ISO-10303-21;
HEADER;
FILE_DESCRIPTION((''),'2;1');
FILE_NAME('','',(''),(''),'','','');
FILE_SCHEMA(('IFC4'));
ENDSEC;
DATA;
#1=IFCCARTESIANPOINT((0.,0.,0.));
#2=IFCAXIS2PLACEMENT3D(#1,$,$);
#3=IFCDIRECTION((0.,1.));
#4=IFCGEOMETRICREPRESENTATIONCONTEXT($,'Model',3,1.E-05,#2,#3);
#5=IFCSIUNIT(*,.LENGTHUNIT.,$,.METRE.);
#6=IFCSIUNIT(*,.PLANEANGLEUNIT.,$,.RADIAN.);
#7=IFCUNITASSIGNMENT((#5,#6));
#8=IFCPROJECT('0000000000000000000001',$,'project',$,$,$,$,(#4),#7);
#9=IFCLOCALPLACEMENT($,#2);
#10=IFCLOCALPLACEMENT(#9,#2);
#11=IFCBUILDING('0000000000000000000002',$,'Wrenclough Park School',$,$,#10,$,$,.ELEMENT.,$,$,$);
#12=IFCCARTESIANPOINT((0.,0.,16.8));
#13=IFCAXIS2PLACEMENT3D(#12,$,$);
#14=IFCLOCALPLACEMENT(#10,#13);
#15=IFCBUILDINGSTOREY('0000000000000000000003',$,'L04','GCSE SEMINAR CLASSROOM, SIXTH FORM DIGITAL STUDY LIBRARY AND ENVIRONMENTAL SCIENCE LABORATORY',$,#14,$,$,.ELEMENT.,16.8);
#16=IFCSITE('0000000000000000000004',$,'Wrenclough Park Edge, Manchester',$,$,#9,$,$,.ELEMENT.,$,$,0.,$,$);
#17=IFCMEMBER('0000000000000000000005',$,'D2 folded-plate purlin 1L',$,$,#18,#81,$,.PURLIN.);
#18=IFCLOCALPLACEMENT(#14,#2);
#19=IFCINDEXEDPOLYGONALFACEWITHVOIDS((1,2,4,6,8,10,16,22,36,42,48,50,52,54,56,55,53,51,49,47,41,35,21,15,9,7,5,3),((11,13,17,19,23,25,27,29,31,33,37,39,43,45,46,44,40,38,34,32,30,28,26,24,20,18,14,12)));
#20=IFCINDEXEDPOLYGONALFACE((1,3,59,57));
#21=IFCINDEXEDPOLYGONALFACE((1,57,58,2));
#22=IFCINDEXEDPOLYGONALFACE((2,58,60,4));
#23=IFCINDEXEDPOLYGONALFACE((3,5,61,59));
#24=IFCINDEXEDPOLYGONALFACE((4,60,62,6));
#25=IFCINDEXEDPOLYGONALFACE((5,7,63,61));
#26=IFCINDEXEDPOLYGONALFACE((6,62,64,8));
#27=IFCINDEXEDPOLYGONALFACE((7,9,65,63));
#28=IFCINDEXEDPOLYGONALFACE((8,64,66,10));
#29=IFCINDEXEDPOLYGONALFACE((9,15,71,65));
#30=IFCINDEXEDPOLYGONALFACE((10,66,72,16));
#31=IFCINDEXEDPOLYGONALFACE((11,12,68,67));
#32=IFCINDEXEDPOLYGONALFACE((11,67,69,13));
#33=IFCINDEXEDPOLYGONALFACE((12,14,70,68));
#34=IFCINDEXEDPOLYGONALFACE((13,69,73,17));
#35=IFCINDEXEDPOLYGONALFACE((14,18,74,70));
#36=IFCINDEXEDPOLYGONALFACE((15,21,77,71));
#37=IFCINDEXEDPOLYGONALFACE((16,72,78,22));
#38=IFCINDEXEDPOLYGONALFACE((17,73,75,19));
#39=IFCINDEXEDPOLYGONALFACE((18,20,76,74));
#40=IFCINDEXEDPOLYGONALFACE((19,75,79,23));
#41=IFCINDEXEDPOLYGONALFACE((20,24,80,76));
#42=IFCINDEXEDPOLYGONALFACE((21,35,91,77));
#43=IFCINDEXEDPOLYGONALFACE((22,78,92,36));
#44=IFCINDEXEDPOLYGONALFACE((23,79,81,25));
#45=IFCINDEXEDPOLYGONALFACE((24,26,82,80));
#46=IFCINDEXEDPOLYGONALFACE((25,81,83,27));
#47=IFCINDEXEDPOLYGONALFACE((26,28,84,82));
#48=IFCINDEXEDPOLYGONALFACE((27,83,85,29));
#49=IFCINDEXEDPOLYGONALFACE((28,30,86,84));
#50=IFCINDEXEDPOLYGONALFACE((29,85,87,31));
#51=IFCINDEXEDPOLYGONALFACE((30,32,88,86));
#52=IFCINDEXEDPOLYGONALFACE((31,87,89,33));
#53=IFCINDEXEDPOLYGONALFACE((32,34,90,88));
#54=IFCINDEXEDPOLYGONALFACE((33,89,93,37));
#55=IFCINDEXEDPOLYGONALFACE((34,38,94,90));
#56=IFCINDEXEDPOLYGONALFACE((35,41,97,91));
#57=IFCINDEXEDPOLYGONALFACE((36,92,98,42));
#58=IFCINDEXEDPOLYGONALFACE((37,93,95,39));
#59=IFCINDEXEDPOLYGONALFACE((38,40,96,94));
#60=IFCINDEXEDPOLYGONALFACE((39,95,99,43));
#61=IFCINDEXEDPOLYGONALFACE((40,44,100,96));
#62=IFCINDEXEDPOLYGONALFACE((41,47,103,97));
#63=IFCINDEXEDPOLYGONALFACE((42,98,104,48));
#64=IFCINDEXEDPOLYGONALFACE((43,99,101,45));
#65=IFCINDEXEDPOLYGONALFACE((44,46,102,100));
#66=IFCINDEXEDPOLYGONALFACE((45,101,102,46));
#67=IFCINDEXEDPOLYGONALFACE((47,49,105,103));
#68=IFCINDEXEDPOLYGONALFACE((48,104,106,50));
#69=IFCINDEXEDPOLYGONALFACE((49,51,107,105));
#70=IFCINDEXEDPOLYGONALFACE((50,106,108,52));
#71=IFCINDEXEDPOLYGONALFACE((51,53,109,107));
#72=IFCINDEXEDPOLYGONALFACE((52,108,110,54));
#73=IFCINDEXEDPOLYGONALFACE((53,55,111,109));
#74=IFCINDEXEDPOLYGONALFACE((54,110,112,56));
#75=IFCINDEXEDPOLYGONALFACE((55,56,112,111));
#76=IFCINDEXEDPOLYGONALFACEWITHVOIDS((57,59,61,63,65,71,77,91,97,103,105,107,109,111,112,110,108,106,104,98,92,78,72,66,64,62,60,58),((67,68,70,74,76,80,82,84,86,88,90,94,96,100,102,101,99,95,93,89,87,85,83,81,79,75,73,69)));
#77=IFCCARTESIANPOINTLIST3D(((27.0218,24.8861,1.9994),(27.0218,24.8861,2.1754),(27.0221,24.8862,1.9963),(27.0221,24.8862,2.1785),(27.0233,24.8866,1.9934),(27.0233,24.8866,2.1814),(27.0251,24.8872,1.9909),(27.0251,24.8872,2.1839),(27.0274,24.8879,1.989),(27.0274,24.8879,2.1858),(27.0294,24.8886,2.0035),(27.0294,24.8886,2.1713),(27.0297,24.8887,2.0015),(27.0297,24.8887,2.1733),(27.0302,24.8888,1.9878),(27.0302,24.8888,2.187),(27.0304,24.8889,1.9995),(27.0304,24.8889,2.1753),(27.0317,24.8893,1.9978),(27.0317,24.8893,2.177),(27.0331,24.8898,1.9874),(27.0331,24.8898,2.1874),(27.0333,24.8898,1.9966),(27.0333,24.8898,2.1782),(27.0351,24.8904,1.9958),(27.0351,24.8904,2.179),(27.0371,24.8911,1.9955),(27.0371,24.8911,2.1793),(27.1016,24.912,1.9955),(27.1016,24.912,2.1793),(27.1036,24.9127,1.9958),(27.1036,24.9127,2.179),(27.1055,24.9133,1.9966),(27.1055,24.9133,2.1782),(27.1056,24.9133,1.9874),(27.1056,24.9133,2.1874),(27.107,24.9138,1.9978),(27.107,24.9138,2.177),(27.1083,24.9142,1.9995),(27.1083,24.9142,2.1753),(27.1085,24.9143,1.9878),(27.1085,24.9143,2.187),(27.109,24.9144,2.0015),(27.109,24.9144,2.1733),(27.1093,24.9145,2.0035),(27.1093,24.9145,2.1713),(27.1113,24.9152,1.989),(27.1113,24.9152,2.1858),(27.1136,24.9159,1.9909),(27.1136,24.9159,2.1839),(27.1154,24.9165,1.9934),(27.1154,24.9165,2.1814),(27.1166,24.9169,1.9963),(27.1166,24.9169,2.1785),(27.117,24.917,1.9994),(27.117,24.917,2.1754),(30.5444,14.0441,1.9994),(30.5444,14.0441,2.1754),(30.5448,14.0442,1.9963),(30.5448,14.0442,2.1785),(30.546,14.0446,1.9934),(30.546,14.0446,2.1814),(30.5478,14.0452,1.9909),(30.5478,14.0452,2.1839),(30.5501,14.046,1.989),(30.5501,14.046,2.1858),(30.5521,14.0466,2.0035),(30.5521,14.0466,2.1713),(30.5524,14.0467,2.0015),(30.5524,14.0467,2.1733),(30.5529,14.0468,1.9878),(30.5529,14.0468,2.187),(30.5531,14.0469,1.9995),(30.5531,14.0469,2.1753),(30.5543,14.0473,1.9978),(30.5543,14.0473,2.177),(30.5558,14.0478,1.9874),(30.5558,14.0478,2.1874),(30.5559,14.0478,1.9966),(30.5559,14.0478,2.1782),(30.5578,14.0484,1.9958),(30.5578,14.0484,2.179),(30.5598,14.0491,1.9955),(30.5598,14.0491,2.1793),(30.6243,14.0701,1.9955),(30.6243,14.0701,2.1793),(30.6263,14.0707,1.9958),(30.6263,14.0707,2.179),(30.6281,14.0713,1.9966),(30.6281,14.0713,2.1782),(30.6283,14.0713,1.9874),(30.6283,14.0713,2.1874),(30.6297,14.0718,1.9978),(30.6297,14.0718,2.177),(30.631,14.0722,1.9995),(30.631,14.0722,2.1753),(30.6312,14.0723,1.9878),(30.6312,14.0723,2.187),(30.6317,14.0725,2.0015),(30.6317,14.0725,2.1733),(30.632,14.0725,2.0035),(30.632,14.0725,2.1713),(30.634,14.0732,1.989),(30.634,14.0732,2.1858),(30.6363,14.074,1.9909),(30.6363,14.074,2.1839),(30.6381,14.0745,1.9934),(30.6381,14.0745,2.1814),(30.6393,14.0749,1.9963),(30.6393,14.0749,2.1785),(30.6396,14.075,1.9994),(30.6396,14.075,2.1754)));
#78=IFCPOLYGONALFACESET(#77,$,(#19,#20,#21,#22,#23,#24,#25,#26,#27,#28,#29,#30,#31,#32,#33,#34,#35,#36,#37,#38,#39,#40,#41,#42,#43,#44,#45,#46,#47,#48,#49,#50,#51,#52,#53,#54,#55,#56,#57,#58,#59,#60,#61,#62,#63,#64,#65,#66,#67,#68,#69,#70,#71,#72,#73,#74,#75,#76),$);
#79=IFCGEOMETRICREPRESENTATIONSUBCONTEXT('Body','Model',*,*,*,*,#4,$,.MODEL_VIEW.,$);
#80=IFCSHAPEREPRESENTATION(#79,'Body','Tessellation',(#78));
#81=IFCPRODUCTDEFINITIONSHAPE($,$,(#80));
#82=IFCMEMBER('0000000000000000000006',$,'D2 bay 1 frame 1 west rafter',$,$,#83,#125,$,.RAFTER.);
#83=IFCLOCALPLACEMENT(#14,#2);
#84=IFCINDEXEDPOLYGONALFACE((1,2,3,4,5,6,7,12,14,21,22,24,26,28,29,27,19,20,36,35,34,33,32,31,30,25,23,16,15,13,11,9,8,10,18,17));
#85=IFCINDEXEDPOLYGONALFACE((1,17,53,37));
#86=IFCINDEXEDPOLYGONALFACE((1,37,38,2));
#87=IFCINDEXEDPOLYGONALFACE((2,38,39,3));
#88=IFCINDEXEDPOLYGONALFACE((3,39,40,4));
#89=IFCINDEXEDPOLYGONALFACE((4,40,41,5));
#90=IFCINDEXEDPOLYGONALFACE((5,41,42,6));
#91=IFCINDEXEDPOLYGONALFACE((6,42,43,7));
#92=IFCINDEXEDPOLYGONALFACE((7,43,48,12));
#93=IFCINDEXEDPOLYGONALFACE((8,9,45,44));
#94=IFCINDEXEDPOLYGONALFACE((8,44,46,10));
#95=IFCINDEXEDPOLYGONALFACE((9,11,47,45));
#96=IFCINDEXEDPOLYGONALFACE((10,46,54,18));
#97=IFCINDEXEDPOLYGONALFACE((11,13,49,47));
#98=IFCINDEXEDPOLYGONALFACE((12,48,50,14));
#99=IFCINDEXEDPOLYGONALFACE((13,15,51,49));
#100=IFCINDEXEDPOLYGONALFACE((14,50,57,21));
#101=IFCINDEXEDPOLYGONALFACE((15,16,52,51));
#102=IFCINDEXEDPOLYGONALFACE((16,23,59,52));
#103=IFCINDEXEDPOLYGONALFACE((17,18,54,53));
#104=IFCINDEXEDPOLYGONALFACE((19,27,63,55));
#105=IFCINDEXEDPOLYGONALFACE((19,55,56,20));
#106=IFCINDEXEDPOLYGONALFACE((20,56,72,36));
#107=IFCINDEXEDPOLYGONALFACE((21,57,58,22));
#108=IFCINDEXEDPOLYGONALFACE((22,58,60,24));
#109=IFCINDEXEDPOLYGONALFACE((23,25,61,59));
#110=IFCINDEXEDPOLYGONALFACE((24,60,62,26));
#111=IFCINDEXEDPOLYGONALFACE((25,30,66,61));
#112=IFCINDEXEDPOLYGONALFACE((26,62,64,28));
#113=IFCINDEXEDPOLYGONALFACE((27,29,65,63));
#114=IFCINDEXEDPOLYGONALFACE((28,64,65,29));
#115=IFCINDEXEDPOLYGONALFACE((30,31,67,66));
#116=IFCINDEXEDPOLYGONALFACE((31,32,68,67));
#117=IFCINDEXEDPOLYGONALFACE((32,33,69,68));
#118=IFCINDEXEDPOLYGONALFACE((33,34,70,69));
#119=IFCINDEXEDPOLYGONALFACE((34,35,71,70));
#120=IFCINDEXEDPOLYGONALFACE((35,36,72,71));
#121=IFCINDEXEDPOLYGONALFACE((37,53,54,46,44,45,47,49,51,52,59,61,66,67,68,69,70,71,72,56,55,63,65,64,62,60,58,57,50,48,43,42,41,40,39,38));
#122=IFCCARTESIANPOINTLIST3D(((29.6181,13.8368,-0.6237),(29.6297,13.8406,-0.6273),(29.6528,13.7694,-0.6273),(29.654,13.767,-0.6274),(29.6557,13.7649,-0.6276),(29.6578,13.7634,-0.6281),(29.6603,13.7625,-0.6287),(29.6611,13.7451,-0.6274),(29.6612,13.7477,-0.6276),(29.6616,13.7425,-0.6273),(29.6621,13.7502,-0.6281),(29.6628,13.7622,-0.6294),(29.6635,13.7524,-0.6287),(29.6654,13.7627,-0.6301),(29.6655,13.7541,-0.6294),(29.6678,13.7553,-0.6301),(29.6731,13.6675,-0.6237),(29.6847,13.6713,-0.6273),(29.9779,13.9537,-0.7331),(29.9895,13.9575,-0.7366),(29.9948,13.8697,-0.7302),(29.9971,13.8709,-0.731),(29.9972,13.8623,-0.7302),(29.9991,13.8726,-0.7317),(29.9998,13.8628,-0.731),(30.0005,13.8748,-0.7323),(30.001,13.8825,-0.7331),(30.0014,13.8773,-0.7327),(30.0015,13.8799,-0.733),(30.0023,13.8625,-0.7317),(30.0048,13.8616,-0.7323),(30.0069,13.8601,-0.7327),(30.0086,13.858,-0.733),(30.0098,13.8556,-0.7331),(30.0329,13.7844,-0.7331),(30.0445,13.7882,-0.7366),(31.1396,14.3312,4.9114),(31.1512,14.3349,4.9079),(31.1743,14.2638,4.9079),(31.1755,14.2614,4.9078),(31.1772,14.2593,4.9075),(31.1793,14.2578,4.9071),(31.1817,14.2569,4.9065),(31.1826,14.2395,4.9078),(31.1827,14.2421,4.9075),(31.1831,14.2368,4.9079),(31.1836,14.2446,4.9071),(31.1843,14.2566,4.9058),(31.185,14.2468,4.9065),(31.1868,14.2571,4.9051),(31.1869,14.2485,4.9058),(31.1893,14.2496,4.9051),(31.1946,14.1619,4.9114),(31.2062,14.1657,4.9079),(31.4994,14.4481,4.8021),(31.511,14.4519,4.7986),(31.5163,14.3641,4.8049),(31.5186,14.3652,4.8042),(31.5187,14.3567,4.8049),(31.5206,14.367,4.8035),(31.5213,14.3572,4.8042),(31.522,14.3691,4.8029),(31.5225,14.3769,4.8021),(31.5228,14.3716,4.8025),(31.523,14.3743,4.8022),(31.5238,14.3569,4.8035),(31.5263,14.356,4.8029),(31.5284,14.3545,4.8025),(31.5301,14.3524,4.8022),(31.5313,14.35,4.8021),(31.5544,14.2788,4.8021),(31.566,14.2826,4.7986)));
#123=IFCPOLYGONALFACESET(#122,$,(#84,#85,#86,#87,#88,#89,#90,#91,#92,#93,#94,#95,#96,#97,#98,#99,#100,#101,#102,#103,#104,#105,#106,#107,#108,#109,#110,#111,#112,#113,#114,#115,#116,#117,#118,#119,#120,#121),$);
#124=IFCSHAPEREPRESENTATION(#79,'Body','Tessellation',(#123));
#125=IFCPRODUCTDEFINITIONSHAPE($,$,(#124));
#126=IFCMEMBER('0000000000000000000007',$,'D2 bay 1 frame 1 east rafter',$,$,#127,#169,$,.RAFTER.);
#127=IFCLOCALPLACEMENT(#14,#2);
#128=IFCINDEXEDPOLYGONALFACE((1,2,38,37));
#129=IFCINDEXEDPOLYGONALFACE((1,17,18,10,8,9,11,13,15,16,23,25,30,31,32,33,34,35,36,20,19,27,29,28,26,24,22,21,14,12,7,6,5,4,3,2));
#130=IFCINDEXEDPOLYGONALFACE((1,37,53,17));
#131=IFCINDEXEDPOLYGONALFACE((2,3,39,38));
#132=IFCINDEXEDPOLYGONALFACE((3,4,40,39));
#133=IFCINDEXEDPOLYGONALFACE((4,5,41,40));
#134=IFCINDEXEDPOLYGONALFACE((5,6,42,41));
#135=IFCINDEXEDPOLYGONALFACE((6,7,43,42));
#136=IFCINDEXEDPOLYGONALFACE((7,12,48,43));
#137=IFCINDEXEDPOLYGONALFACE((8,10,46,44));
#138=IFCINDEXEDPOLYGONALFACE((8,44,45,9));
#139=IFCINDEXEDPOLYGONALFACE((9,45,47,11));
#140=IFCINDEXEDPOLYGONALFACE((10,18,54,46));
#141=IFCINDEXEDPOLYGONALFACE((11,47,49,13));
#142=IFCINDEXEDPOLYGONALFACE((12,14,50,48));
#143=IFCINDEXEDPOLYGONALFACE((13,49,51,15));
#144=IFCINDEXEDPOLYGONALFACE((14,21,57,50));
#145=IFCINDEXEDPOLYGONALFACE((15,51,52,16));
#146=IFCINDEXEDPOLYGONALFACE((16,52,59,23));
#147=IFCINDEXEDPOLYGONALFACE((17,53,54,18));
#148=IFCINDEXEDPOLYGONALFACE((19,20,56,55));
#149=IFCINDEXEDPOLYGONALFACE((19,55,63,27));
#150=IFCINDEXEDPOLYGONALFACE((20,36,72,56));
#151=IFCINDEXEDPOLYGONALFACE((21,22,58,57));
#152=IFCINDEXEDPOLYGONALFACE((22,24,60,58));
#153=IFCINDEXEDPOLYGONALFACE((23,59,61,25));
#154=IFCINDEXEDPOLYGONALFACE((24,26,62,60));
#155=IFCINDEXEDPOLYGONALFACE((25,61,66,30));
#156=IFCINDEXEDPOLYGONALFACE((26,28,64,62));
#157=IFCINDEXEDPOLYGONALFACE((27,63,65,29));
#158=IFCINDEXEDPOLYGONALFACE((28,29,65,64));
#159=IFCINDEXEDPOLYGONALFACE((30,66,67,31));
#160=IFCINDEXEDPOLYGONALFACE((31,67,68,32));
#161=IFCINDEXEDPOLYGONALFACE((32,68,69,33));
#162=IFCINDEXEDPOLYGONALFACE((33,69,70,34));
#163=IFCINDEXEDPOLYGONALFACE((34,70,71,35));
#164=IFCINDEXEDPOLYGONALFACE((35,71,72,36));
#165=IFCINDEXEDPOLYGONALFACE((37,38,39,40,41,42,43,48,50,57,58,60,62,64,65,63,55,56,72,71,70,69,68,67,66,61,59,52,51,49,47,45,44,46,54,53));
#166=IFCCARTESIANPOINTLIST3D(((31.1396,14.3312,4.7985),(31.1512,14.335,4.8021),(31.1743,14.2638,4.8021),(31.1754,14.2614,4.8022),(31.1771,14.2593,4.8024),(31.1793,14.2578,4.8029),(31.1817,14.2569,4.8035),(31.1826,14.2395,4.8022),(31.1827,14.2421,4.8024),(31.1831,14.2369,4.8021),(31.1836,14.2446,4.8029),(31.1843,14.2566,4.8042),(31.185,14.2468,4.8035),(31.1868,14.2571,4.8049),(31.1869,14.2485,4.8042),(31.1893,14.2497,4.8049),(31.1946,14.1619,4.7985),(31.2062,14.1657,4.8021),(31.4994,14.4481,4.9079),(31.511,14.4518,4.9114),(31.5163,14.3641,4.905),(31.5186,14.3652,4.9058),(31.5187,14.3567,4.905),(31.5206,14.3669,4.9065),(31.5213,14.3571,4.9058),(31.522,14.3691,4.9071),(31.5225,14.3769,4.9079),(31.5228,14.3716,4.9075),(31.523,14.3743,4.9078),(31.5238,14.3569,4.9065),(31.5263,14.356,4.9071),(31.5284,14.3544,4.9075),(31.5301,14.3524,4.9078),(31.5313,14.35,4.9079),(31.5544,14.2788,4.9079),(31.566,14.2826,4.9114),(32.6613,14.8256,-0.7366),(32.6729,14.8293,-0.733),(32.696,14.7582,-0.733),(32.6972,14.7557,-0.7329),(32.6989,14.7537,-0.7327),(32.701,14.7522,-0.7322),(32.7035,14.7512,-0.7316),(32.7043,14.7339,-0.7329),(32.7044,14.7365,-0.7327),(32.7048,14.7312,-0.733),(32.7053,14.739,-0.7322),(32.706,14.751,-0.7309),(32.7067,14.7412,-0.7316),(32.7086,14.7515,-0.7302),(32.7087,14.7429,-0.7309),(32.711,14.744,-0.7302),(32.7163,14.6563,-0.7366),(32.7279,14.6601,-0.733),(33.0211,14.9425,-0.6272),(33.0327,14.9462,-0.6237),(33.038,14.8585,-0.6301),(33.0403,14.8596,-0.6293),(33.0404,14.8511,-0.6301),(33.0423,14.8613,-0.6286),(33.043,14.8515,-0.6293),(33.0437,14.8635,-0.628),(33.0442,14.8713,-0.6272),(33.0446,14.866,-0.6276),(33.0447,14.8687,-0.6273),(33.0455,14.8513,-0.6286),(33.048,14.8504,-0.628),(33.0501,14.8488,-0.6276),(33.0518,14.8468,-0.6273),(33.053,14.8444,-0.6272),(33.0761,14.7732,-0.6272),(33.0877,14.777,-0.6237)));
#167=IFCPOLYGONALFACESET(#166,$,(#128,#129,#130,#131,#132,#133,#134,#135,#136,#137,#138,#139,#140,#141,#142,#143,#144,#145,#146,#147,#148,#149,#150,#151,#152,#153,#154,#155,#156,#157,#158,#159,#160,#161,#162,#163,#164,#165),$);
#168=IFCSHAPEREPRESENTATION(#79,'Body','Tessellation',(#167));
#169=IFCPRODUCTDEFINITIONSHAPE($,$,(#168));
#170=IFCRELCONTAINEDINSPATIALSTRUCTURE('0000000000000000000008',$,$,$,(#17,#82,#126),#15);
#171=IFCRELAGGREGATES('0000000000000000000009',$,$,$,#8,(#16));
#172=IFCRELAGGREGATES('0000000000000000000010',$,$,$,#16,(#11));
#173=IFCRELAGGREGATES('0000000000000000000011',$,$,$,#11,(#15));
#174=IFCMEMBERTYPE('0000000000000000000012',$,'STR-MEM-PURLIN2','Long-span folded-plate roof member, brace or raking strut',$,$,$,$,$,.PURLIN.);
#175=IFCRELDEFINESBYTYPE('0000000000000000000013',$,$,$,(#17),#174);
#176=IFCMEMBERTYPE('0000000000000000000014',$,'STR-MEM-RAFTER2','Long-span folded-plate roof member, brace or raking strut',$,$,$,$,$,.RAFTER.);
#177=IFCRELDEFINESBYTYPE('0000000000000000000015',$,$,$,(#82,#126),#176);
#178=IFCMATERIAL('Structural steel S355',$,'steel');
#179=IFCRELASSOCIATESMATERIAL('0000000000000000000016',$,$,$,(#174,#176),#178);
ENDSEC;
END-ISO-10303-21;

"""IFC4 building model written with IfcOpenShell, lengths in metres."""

from ifc_helpers import new_model, si_unit, direction, frame, origin, origin_2d, place, context, subcontext, project, spatial, hollow_rectangle, i_section, extrude, material, material_profile, profile_set, type_object, element, save


model = new_model("IFC4")

# Units and contexts
model_context = context("Model", 3, precision=1e-05, world=origin(), true_north=direction((0.0, 1.0)))
body_context = subcontext(model_context, "Body", "Model", "MODEL_VIEW")
ifc_project = project(units=[si_unit("LENGTHUNIT", "METRE"), si_unit("PLANEANGLEUNIT", "RADIAN")], contexts=[model_context])

# Site, building, storey
site_placement = place(None, origin())
site = spatial("IfcSite", under=ifc_project, at=site_placement, Name="Wrenclough Park Edge, Manchester", CompositionType="ELEMENT", RefElevation=0.0)
building_placement = place(site_placement, origin())
building = spatial("IfcBuilding", under=site, at=building_placement, Name="Wrenclough Park School", CompositionType="ELEMENT")
storey_placement = place(building_placement, frame((0.0, 0.0, 16.8)))
storey = spatial("IfcBuildingStorey", under=building, at=storey_placement, Name="L04", Description="GCSE SEMINAR CLASSROOM, SIXTH FORM DIGITAL STUDY LIBRARY AND ENVIRONMENTAL SCIENCE LABORATORY", CompositionType="ELEMENT", Elevation=16.8)

# Shared definitions
ifc_material_1 = material(Name="Structural steel S355", Category="steel")

# Members
ifc_material_profile_1 = material_profile(ifc_material_1, hollow_rectangle(XDim=0.1001, YDim=0.2, WallThickness=0.0081, InnerFilletRadius=0.0081, OuterFilletRadius=0.012, at=origin_2d()), Name="RHS 200x100x8.0")
ifc_profile_set_1 = profile_set([ifc_material_profile_1], Name="Structural steel S355")
member_type_1 = type_object("IfcMemberType", Name="STR-MEM-PURLIN2", Description="Long-span folded-plate roof member, brace or raking strut", PredefinedType="PURLIN", material=ifc_profile_set_1)
member_1_placement = place(storey_placement, frame((30.592, 14.0596, 2.0874), z_axis=(-0.30901, 0.951059, 0.0), x_axis=(-0.951059, -0.30901, 0.0)))
element("IfcMember", 1, at=member_1_placement, inside=storey, type_object=member_type_1, Name="D2 folded-plate purlin 1L", PredefinedType="PURLIN", context=body_context, shape_type="SweptSolid", body=[
    extrude(hollow_rectangle(XDim=0.1001, YDim=0.2, WallThickness=0.0081, InnerFilletRadius=0.0081, OuterFilletRadius=0.012, at=origin_2d()), origin(), (0.0, 0.0, 1.0), 11.3999),
])
ifc_material_profile_2 = material_profile(ifc_material_1, i_section(OverallWidth=0.178, OverallDepth=0.4065, WebThickness=0.0078, FlangeThickness=0.0127, FilletRadius=0.0103, at=origin_2d()), Name="UKB 406x178x60")
ifc_profile_set_2 = profile_set([ifc_material_profile_2], Name="Structural steel S355")
member_type_2 = type_object("IfcMemberType", Name="STR-MEM-RAFTER2", Description="Long-span folded-plate roof member, brace or raking strut", PredefinedType="RAFTER", material=ifc_profile_set_2)
for number, where, z_axis, x_axis, name in (
    (2, (29.8313, 13.8125, -0.6802), (0.264068, 0.085805, 0.96068), (-0.309031, 0.951052, 0.0), "D2 bay 1 frame 1 west rafter"),
    (3, (31.3528, 14.3069, 4.855), (0.264108, 0.085804, -0.960669), (-0.308986, 0.951067, 0.0), "D2 bay 1 frame 1 east rafter"),
):
    element("IfcMember", number, at=place(storey_placement, frame(where, z_axis=z_axis, x_axis=x_axis)), inside=storey, type_object=member_type_2, Name=name, PredefinedType="RAFTER", context=body_context, shape_type="SweptSolid", body=[
        extrude(i_section(OverallWidth=0.178, OverallDepth=0.4065, WebThickness=0.0078, FlangeThickness=0.0127, FilletRadius=0.0103, at=origin_2d()), origin(), (0.0, 0.0, 1.0), 5.7617),
    ])

save(model, "model.ifc")
